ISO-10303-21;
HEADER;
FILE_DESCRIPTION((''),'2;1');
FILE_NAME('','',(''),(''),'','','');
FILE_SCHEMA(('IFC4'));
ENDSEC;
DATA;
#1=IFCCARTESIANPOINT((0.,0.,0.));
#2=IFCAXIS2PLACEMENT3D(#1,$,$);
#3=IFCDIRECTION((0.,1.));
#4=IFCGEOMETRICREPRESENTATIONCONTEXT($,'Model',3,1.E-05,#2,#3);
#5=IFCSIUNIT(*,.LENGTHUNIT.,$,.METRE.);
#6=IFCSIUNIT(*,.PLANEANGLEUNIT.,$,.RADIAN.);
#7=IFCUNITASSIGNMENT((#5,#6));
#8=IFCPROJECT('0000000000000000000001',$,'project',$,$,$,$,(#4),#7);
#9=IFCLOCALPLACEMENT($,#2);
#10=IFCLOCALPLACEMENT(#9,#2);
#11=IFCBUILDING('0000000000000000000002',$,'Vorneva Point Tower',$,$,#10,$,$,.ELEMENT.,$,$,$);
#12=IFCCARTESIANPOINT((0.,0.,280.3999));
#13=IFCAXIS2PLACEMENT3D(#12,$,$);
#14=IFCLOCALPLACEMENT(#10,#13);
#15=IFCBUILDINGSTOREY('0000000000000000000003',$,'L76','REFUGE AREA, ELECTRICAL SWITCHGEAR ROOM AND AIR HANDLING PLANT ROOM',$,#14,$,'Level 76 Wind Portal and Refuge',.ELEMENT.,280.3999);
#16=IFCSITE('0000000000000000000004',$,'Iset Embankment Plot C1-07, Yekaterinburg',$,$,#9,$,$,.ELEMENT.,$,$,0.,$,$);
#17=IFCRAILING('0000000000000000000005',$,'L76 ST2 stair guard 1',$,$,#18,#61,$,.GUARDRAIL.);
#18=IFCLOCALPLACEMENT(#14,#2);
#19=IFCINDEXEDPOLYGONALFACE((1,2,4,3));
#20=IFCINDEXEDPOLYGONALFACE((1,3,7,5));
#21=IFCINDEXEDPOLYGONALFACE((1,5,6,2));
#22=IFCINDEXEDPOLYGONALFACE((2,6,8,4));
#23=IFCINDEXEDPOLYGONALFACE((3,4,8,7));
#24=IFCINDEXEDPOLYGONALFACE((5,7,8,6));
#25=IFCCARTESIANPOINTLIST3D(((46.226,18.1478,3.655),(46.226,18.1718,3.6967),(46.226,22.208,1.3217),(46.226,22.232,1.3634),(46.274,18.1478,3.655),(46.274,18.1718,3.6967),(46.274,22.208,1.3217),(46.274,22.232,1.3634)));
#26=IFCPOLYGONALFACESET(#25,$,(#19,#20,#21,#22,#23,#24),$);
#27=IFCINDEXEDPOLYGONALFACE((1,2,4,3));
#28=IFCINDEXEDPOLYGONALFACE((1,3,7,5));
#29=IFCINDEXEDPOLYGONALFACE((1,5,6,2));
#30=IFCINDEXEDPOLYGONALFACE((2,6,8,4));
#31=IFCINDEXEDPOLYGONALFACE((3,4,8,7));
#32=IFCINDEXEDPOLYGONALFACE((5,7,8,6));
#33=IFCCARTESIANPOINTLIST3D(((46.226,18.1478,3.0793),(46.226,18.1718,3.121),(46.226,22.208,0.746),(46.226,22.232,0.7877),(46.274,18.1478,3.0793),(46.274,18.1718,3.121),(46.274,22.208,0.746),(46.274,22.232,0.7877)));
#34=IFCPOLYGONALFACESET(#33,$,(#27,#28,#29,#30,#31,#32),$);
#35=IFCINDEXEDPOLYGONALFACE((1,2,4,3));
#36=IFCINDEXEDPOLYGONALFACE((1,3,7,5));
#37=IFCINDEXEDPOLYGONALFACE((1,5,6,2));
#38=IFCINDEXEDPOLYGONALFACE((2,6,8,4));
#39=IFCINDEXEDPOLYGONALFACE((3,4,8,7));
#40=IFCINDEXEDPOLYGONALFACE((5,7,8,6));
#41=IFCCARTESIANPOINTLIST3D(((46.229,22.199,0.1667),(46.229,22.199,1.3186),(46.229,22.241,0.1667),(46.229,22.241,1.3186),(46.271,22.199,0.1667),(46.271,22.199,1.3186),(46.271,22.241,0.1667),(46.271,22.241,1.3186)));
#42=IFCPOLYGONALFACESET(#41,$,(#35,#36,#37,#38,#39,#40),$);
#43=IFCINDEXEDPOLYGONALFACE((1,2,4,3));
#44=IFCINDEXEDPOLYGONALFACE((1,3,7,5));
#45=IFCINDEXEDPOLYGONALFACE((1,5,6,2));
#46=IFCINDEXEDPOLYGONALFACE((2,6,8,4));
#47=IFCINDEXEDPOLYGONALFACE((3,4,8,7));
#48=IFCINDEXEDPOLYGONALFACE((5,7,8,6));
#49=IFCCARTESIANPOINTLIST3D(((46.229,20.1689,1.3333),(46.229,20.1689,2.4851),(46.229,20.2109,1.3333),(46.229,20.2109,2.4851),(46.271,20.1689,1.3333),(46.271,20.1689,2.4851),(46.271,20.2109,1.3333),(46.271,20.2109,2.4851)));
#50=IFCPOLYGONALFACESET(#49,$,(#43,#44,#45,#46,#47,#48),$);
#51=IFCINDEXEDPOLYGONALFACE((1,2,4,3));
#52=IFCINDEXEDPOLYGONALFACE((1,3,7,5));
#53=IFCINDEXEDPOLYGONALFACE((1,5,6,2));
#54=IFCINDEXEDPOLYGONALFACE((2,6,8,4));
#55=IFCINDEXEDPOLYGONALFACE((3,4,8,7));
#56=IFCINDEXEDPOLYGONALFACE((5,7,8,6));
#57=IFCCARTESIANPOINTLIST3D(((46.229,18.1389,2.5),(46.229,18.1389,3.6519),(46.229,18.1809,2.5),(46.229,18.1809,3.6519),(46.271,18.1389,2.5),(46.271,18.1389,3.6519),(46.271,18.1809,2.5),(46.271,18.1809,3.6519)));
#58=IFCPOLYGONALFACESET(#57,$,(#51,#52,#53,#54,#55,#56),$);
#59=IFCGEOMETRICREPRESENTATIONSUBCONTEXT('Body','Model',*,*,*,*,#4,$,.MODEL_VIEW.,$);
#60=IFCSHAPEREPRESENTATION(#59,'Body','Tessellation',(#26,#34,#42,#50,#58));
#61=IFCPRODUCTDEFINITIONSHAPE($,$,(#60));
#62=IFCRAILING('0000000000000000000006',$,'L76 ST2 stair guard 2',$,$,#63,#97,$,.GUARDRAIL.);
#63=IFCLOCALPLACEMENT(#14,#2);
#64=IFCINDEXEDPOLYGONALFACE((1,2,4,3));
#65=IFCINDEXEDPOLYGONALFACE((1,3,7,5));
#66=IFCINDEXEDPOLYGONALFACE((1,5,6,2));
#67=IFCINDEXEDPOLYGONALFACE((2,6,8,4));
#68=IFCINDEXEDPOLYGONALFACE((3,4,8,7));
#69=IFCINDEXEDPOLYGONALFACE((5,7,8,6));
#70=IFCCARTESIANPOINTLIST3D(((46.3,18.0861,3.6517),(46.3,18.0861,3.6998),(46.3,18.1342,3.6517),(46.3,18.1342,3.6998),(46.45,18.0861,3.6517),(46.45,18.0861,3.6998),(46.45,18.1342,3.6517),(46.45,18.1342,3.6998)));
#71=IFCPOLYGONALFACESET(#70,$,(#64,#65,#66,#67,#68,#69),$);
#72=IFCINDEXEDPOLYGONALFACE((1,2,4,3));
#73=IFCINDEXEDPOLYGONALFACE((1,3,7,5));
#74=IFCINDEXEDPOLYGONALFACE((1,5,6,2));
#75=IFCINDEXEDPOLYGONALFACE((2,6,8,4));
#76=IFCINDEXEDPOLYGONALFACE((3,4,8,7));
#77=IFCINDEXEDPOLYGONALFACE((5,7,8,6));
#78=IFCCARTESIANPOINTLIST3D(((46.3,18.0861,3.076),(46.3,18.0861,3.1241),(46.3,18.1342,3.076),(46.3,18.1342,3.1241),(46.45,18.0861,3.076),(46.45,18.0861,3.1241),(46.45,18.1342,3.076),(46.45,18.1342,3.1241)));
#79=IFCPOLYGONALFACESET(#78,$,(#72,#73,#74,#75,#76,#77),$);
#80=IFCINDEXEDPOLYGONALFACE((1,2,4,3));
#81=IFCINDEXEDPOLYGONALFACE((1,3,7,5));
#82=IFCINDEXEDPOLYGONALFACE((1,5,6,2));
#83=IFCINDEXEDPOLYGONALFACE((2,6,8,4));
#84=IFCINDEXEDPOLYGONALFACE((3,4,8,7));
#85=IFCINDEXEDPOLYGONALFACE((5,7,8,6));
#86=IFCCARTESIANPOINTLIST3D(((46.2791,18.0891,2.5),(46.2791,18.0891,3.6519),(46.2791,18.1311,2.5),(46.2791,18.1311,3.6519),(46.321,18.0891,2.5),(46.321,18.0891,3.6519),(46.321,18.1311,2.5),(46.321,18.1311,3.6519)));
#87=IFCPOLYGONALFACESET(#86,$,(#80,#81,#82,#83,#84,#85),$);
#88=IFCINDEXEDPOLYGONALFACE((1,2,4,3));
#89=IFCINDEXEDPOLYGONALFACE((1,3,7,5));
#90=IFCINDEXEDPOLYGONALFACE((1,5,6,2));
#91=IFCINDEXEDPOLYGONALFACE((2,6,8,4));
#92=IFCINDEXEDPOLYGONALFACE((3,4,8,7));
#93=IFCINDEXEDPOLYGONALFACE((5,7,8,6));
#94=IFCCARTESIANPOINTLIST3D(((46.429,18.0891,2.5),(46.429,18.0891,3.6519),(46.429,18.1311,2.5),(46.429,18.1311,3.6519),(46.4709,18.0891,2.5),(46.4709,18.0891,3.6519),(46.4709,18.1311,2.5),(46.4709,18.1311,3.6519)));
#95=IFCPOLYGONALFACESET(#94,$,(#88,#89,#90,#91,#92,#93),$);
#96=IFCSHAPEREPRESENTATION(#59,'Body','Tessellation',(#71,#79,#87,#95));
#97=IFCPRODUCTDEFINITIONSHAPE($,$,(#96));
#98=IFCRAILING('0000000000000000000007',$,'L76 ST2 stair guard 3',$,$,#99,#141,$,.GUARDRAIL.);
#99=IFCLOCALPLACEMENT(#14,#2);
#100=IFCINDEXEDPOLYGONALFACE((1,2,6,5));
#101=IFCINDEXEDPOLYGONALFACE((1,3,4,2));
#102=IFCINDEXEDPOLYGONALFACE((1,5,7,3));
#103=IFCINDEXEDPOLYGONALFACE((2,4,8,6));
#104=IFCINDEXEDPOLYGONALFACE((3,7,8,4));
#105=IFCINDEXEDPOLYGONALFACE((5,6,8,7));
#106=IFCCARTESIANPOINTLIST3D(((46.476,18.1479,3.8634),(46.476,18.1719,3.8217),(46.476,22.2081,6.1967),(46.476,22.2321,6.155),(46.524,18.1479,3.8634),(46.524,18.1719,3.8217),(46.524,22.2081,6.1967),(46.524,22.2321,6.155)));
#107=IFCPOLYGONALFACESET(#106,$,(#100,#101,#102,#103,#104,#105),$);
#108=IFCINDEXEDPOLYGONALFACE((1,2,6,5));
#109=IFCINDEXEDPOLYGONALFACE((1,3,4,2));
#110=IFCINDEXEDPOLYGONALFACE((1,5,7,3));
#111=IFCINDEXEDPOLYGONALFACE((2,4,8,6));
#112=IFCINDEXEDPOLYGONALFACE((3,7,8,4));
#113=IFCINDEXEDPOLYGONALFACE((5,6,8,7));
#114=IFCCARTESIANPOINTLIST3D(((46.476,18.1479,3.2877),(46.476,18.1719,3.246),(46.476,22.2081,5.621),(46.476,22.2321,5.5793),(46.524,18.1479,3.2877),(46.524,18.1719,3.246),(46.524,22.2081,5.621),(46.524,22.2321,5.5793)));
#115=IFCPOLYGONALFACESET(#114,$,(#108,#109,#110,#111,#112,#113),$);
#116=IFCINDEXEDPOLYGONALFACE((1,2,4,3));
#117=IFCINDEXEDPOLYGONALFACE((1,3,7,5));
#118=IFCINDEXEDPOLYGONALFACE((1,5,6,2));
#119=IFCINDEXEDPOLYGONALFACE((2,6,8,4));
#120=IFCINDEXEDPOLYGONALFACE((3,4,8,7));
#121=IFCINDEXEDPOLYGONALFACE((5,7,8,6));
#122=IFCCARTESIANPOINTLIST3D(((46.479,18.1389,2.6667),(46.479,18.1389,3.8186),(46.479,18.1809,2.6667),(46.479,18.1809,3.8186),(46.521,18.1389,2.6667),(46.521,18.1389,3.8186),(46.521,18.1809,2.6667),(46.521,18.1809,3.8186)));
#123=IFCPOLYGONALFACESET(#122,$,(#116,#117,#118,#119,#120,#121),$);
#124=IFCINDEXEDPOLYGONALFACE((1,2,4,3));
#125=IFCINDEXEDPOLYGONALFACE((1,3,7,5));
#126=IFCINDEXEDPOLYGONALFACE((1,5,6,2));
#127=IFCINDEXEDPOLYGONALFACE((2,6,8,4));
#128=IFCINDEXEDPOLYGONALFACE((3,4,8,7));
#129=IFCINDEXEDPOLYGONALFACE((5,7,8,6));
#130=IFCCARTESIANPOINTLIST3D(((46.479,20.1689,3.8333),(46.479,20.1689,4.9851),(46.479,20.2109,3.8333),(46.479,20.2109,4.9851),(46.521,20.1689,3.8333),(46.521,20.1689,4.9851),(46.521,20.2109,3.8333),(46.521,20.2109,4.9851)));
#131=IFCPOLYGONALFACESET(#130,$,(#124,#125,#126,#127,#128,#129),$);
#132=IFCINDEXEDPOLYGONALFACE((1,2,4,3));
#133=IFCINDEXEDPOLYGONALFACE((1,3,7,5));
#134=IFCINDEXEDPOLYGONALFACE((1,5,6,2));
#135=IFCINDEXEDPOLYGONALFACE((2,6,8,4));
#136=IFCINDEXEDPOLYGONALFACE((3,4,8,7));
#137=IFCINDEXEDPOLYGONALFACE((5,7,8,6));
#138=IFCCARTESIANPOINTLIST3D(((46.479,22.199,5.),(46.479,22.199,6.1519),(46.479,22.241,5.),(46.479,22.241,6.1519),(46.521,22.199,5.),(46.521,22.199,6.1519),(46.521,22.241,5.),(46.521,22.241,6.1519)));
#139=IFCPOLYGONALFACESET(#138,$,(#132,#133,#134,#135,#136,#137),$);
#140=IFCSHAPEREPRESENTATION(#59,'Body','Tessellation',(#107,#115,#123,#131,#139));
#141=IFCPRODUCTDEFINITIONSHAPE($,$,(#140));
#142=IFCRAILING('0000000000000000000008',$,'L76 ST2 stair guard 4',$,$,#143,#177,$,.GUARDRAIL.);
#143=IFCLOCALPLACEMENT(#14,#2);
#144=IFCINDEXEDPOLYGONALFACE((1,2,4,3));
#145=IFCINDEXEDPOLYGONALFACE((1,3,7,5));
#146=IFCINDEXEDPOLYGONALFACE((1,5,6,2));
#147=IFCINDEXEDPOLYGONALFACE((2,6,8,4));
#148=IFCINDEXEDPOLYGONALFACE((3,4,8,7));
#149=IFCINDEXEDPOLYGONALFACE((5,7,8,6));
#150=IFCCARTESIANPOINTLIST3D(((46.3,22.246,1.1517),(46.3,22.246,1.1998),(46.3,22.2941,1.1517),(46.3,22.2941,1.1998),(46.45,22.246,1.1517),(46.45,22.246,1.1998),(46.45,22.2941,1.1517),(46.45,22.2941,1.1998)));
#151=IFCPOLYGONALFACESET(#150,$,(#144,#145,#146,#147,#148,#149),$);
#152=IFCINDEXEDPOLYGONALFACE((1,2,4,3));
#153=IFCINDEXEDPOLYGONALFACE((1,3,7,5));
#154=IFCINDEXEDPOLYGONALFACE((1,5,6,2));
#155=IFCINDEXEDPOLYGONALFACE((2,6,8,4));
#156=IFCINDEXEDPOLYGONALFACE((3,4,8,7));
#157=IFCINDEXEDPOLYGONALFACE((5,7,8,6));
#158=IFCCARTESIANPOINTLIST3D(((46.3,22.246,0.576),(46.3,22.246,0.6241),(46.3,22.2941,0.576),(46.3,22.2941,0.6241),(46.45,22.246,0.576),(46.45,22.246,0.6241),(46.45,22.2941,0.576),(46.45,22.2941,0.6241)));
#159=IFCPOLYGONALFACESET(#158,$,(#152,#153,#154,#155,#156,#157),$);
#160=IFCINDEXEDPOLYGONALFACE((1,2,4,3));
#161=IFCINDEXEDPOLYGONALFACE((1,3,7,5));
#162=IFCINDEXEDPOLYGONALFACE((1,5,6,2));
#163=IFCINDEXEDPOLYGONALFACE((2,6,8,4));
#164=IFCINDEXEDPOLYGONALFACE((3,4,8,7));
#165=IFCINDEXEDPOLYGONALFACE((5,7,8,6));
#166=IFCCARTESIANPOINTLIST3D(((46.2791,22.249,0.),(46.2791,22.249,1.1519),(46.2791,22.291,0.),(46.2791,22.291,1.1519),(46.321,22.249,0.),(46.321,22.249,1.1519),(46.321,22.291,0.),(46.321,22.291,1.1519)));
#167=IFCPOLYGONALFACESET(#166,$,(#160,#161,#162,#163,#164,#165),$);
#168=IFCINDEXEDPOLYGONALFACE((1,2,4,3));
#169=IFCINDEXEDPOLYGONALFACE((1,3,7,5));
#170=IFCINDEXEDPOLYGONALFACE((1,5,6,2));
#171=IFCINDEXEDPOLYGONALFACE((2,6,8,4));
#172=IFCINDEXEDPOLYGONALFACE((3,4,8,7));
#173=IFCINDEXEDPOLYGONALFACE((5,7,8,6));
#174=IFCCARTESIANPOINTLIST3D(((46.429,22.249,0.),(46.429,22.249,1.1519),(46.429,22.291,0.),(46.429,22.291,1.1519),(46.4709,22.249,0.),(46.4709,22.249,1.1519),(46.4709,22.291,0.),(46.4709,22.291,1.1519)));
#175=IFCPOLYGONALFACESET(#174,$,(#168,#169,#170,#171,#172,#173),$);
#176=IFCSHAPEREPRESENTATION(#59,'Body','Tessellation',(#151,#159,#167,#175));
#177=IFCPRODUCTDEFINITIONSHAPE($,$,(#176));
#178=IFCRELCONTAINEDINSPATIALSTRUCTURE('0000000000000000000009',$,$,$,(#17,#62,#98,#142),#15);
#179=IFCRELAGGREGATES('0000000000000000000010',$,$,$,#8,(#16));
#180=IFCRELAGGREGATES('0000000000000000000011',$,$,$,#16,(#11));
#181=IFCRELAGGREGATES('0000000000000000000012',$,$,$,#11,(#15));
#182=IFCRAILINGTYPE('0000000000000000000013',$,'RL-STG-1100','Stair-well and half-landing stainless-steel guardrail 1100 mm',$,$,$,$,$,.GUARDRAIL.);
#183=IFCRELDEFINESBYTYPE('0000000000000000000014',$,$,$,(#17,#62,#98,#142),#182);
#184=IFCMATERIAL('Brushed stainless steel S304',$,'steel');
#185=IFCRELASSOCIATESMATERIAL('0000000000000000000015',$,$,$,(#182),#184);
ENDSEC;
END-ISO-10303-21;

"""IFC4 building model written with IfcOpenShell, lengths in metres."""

from ifc_helpers import new_model, si_unit, direction, frame, origin, origin_2d, place, context, subcontext, project, spatial, rectangle, extrude, material, type_object, element, save


model = new_model("IFC4")

# Units and contexts
model_context = context("Model", 3, precision=1e-05, world=origin(), true_north=direction((0.0, 1.0)))
body_context = subcontext(model_context, "Body", "Model", "MODEL_VIEW")
ifc_project = project(units=[si_unit("LENGTHUNIT", "METRE"), si_unit("PLANEANGLEUNIT", "RADIAN")], contexts=[model_context])

# Site, building, storey
site_placement = place(None, origin())
site = spatial("IfcSite", under=ifc_project, at=site_placement, Name="Iset Embankment Plot C1-07, Yekaterinburg", CompositionType="ELEMENT", RefElevation=0.0)
building_placement = place(site_placement, origin())
building = spatial("IfcBuilding", under=site, at=building_placement, Name="Vorneva Point Tower", CompositionType="ELEMENT")
storey_placement = place(building_placement, frame((0.0, 0.0, 280.3999)))
storey = spatial("IfcBuildingStorey", under=building, at=storey_placement, Name="L76", Description="REFUGE AREA, ELECTRICAL SWITCHGEAR ROOM AND AIR HANDLING PLANT ROOM", LongName="Level 76 Wind Portal and Refuge", CompositionType="ELEMENT", Elevation=280.3999)

# Railings
ifc_material_1 = material(Name="Brushed stainless steel S304", Category="steel")
railing_type_1 = type_object("IfcRailingType", Name="RL-STG-1100", Description="Stair-well and half-landing stainless-steel guardrail 1100 mm", PredefinedType="GUARDRAIL", material=ifc_material_1)
railing_1_placement = place(storey_placement, frame((46.25, 22.22, 0.1667)))
element("IfcRailing", 1, at=railing_1_placement, inside=storey, type_object=railing_type_1, Name="L76 ST2 stair guard 1", PredefinedType="GUARDRAIL", context=body_context, shape_type="SweptSolid", body=[
    extrude(rectangle(XDim=0.0481, YDim=0.0481, at=origin_2d()), frame((0.0, 0.0, 1.1758), z_axis=(0.0, -0.867025, 0.498265), x_axis=(1.0, 0.0, 0.0)), (0.0, 0.0, 1.0), 4.6829),
    extrude(rectangle(XDim=0.0481, YDim=0.0481, at=origin_2d()), frame((0.0, 0.0, 0.6001), z_axis=(0.0, -0.867025, 0.498265), x_axis=(1.0, 0.0, 0.0)), (0.0, 0.0, 1.0), 4.6829),
    extrude(rectangle(XDim=0.042, YDim=0.042, at=origin_2d()), origin(), (0.0, 0.0, 1.0), 1.1519),
    extrude(rectangle(XDim=0.042, YDim=0.042, at=origin_2d()), frame((0.0, -2.03, 1.1665)), (0.0, 0.0, 1.0), 1.1519),
    extrude(rectangle(XDim=0.042, YDim=0.042, at=origin_2d()), frame((0.0, -4.0601, 2.3333)), (0.0, 0.0, 1.0), 1.1519),
])
railing_2_placement = place(storey_placement, frame((46.3, 18.1101, 2.5)))
element("IfcRailing", 2, at=railing_2_placement, inside=storey, type_object=railing_type_1, Name="L76 ST2 stair guard 2", PredefinedType="GUARDRAIL", context=body_context, shape_type="SweptSolid", body=[
    extrude(rectangle(XDim=0.0481, YDim=0.0481, at=origin_2d()), frame((0.0, 0.0, 1.1758), z_axis=(1.0, 0.0, 0.0), x_axis=(0.0, 1.0, 0.0)), (0.0, 0.0, 1.0), 0.1499),
    extrude(rectangle(XDim=0.0481, YDim=0.0481, at=origin_2d()), frame((0.0, 0.0, 0.6001), z_axis=(1.0, 0.0, 0.0), x_axis=(0.0, 1.0, 0.0)), (0.0, 0.0, 1.0), 0.1499),
    extrude(rectangle(XDim=0.042, YDim=0.042, at=origin_2d()), origin(), (0.0, 0.0, 1.0), 1.1519),
    extrude(rectangle(XDim=0.042, YDim=0.042, at=origin_2d()), frame((0.1499, 0.0, 0.0)), (0.0, 0.0, 1.0), 1.1519),
])
railing_3_placement = place(storey_placement, frame((46.5, 18.1599, 2.6667)))
element("IfcRailing", 3, at=railing_3_placement, inside=storey, type_object=railing_type_1, Name="L76 ST2 stair guard 3", PredefinedType="GUARDRAIL", context=body_context, shape_type="SweptSolid", body=[
    extrude(rectangle(XDim=0.0481, YDim=0.0481, at=origin_2d()), frame((0.0, 0.0, 1.1758), z_axis=(0.0, 0.867025, 0.498265), x_axis=(-1.0, 0.0, 0.0)), (0.0, 0.0, 1.0), 4.6829),
    extrude(rectangle(XDim=0.0481, YDim=0.0481, at=origin_2d()), frame((0.0, 0.0, 0.6001), z_axis=(0.0, 0.867025, 0.498265), x_axis=(-1.0, 0.0, 0.0)), (0.0, 0.0, 1.0), 4.6829),
    extrude(rectangle(XDim=0.042, YDim=0.042, at=origin_2d()), origin(), (0.0, 0.0, 1.0), 1.1519),
    extrude(rectangle(XDim=0.042, YDim=0.042, at=origin_2d()), frame((0.0, 2.03, 1.1665)), (0.0, 0.0, 1.0), 1.1519),
    extrude(rectangle(XDim=0.042, YDim=0.042, at=origin_2d()), frame((0.0, 4.0601, 2.3333)), (0.0, 0.0, 1.0), 1.1519),
])
railing_4_placement = place(storey_placement, frame((46.3, 22.27, 0.0)))
element("IfcRailing", 4, at=railing_4_placement, inside=storey, type_object=railing_type_1, Name="L76 ST2 stair guard 4", PredefinedType="GUARDRAIL", context=body_context, shape_type="SweptSolid", body=[
    extrude(rectangle(XDim=0.0481, YDim=0.0481, at=origin_2d()), frame((0.0, 0.0, 1.1758), z_axis=(1.0, 0.0, 0.0), x_axis=(0.0, 1.0, 0.0)), (0.0, 0.0, 1.0), 0.1499),
    extrude(rectangle(XDim=0.0481, YDim=0.0481, at=origin_2d()), frame((0.0, 0.0, 0.6001), z_axis=(1.0, 0.0, 0.0), x_axis=(0.0, 1.0, 0.0)), (0.0, 0.0, 1.0), 0.1499),
    extrude(rectangle(XDim=0.042, YDim=0.042, at=origin_2d()), origin(), (0.0, 0.0, 1.0), 1.1519),
    extrude(rectangle(XDim=0.042, YDim=0.042, at=origin_2d()), frame((0.1499, 0.0, 0.0)), (0.0, 0.0, 1.0), 1.1519),
])

save(model, "model.ifc")
